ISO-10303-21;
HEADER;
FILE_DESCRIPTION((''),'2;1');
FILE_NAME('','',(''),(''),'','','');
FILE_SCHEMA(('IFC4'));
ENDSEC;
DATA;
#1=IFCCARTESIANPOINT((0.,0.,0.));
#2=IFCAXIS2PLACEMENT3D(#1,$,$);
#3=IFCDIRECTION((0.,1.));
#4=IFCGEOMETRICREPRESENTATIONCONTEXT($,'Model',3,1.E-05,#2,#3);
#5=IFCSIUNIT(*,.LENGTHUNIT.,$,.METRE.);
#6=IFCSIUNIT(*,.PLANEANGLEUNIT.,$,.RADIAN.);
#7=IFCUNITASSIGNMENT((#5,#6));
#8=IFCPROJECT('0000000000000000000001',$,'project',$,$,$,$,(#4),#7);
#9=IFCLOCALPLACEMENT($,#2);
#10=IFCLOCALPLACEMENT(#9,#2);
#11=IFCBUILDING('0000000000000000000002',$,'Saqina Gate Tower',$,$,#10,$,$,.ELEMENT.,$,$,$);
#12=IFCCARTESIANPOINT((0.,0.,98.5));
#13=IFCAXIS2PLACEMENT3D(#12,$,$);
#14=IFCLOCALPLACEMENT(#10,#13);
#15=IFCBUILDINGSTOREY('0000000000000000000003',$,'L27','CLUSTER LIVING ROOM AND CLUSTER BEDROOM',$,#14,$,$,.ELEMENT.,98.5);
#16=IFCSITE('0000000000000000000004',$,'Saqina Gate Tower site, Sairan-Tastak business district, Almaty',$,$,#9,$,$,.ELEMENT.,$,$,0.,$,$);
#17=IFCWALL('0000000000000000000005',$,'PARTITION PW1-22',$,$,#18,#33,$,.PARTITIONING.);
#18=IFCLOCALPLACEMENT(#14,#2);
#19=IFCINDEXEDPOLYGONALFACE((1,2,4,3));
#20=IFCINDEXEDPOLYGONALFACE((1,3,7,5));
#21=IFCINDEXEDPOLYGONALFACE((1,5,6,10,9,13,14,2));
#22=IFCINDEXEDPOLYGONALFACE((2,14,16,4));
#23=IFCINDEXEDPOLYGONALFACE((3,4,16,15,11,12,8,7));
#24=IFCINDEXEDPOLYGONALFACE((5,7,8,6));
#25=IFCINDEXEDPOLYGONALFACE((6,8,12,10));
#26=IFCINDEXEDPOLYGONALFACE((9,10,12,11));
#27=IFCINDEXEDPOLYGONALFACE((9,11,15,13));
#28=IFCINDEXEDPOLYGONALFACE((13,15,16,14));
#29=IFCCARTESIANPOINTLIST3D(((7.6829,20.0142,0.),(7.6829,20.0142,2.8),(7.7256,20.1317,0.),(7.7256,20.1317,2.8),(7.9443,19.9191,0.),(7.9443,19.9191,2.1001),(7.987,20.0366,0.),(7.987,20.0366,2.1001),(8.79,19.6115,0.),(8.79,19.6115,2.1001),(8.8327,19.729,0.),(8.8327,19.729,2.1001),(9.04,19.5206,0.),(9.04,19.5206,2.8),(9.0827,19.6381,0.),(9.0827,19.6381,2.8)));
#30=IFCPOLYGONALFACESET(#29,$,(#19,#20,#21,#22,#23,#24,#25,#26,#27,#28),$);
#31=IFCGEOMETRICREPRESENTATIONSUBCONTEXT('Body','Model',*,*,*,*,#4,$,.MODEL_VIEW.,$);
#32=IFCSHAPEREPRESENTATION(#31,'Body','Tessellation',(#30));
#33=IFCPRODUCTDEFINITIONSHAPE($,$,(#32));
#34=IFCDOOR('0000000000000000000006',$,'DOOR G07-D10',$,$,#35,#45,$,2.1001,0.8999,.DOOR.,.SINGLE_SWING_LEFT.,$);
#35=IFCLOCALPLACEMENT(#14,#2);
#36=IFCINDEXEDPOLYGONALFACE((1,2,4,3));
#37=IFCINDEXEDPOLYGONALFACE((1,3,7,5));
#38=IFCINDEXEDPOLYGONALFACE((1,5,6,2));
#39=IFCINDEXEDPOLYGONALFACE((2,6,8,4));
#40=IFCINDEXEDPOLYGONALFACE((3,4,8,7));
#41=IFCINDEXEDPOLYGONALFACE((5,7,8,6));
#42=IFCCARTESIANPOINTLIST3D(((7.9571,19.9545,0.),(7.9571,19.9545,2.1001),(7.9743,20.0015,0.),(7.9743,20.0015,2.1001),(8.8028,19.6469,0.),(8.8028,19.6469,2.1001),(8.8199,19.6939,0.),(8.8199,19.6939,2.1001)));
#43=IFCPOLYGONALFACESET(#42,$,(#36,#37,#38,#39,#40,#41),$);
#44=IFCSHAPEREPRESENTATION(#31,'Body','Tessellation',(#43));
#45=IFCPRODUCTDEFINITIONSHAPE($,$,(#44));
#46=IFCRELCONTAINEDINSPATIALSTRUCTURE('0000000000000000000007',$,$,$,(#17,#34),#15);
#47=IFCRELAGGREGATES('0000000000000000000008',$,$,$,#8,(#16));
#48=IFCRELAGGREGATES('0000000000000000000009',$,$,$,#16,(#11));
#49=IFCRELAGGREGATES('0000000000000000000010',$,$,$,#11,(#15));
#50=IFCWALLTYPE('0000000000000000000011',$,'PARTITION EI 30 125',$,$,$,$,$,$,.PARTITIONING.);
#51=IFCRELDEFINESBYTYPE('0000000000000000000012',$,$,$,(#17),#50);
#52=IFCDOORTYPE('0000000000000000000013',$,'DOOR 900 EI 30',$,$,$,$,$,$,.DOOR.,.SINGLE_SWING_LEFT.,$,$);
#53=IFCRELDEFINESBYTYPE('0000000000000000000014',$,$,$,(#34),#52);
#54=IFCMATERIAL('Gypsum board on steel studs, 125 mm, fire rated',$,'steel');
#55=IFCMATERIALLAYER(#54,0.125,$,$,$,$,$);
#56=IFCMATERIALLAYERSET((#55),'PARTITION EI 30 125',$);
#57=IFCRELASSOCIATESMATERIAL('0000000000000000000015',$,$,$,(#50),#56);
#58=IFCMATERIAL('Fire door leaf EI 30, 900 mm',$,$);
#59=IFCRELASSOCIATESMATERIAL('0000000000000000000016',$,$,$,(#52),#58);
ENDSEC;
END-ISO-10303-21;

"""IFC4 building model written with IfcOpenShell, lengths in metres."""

from ifc_helpers import new_model, si_unit, direction, frame, frame_2d, origin, place, context, subcontext, project, spatial, rectangle, extrude, material, layer, layer_set, type_object, element, fill, save


model = new_model("IFC4")

# Units and contexts
model_context = context("Model", 3, precision=1e-05, world=origin(), true_north=direction((0.0, 1.0)))
body_context = subcontext(model_context, "Body", "Model", "MODEL_VIEW")
ifc_project = project(units=[si_unit("LENGTHUNIT", "METRE"), si_unit("PLANEANGLEUNIT", "RADIAN")], contexts=[model_context])

# Site, building, storey
site_placement = place(None, origin())
site = spatial("IfcSite", under=ifc_project, at=site_placement, Name="Saqina Gate Tower site, Sairan-Tastak business district, Almaty", CompositionType="ELEMENT", RefElevation=0.0)
building_placement = place(site_placement, origin())
building = spatial("IfcBuilding", under=site, at=building_placement, Name="Saqina Gate Tower", CompositionType="ELEMENT")
storey_placement = place(building_placement, frame((0.0, 0.0, 98.5)))
storey = spatial("IfcBuildingStorey", under=building, at=storey_placement, Name="L27", Description="CLUSTER LIVING ROOM AND CLUSTER BEDROOM", CompositionType="ELEMENT", Elevation=98.5)

# Shared definitions
ifc_material_1 = material(Name="Gypsum board on steel studs, 125 mm, fire rated", Category="steel")
ifc_layer_1 = layer(ifc_material_1, 0.125)
ifc_layer_set_1 = layer_set([ifc_layer_1], Name="PARTITION EI 30 125")
wall_type_1 = type_object("IfcWallType", Name="PARTITION EI 30 125", PredefinedType="PARTITIONING", material=ifc_layer_set_1)

# Wall, opening, door
wall_1_placement = place(storey_placement, frame((7.7041, 20.073, 0.0), z_axis=(0.0, 0.0, 1.0), x_axis=(0.939764, -0.341825, 0.0)))
wall_1 = element("IfcWall", 1, at=wall_1_placement, inside=storey, type_object=wall_type_1, Name="PARTITION PW1-22", PredefinedType="PARTITIONING", context=body_context, shape_type="SweptSolid", body=[
    extrude(rectangle(XDim=1.4441, YDim=0.125, at=frame_2d((0.7222, 0.0))), origin(), (0.0, 0.0, 1.0), 2.8),
])
opening_1_placement = place(wall_1_placement, frame((0.2783, 0.0, 0.0)))
opening_1 = element("IfcOpeningElement", 2, at=opening_1_placement, cuts=wall_1, PredefinedType="OPENING", context=body_context, shape_type="SweptSolid", body=[
    extrude(rectangle(XDim=0.8999, YDim=2.1001, at=frame_2d((0.45, 1.05))), frame((0.0, 0.0745, 0.0), z_axis=(0.0, -1.0, 0.0), x_axis=(1.0, 0.0, 0.0)), (0.0, 0.0, 1.0), 0.1489),
])
ifc_material_2 = material(Name="Fire door leaf EI 30, 900 mm")
door_type_1 = type_object("IfcDoorType", Name="DOOR 900 EI 30", OperationType="SINGLE_SWING_LEFT", PredefinedType="DOOR", material=ifc_material_2)
door_1_placement = place(opening_1_placement, frame((0.8999, 0.0, 0.0), z_axis=(0.0, 0.0, 1.0), x_axis=(-1.0, 0.0, 0.0)))
door_1 = element("IfcDoor", 3, at=door_1_placement, inside=storey, type_object=door_type_1, Name="DOOR G07-D10", OperationType="SINGLE_SWING_LEFT", OverallHeight=2.1001, OverallWidth=0.8999, PredefinedType="DOOR", context=body_context, shape_type="SweptSolid", body=[
    extrude(rectangle(XDim=0.8999, YDim=2.1001, at=frame_2d((0.45, 1.05))), frame((0.0, 0.0249, 0.0), z_axis=(0.0, -1.0, 0.0), x_axis=(1.0, 0.0, 0.0)), (0.0, 0.0, 1.0), 0.05),
])
fill(opening_1, door_1)

save(model, "model.ifc")
